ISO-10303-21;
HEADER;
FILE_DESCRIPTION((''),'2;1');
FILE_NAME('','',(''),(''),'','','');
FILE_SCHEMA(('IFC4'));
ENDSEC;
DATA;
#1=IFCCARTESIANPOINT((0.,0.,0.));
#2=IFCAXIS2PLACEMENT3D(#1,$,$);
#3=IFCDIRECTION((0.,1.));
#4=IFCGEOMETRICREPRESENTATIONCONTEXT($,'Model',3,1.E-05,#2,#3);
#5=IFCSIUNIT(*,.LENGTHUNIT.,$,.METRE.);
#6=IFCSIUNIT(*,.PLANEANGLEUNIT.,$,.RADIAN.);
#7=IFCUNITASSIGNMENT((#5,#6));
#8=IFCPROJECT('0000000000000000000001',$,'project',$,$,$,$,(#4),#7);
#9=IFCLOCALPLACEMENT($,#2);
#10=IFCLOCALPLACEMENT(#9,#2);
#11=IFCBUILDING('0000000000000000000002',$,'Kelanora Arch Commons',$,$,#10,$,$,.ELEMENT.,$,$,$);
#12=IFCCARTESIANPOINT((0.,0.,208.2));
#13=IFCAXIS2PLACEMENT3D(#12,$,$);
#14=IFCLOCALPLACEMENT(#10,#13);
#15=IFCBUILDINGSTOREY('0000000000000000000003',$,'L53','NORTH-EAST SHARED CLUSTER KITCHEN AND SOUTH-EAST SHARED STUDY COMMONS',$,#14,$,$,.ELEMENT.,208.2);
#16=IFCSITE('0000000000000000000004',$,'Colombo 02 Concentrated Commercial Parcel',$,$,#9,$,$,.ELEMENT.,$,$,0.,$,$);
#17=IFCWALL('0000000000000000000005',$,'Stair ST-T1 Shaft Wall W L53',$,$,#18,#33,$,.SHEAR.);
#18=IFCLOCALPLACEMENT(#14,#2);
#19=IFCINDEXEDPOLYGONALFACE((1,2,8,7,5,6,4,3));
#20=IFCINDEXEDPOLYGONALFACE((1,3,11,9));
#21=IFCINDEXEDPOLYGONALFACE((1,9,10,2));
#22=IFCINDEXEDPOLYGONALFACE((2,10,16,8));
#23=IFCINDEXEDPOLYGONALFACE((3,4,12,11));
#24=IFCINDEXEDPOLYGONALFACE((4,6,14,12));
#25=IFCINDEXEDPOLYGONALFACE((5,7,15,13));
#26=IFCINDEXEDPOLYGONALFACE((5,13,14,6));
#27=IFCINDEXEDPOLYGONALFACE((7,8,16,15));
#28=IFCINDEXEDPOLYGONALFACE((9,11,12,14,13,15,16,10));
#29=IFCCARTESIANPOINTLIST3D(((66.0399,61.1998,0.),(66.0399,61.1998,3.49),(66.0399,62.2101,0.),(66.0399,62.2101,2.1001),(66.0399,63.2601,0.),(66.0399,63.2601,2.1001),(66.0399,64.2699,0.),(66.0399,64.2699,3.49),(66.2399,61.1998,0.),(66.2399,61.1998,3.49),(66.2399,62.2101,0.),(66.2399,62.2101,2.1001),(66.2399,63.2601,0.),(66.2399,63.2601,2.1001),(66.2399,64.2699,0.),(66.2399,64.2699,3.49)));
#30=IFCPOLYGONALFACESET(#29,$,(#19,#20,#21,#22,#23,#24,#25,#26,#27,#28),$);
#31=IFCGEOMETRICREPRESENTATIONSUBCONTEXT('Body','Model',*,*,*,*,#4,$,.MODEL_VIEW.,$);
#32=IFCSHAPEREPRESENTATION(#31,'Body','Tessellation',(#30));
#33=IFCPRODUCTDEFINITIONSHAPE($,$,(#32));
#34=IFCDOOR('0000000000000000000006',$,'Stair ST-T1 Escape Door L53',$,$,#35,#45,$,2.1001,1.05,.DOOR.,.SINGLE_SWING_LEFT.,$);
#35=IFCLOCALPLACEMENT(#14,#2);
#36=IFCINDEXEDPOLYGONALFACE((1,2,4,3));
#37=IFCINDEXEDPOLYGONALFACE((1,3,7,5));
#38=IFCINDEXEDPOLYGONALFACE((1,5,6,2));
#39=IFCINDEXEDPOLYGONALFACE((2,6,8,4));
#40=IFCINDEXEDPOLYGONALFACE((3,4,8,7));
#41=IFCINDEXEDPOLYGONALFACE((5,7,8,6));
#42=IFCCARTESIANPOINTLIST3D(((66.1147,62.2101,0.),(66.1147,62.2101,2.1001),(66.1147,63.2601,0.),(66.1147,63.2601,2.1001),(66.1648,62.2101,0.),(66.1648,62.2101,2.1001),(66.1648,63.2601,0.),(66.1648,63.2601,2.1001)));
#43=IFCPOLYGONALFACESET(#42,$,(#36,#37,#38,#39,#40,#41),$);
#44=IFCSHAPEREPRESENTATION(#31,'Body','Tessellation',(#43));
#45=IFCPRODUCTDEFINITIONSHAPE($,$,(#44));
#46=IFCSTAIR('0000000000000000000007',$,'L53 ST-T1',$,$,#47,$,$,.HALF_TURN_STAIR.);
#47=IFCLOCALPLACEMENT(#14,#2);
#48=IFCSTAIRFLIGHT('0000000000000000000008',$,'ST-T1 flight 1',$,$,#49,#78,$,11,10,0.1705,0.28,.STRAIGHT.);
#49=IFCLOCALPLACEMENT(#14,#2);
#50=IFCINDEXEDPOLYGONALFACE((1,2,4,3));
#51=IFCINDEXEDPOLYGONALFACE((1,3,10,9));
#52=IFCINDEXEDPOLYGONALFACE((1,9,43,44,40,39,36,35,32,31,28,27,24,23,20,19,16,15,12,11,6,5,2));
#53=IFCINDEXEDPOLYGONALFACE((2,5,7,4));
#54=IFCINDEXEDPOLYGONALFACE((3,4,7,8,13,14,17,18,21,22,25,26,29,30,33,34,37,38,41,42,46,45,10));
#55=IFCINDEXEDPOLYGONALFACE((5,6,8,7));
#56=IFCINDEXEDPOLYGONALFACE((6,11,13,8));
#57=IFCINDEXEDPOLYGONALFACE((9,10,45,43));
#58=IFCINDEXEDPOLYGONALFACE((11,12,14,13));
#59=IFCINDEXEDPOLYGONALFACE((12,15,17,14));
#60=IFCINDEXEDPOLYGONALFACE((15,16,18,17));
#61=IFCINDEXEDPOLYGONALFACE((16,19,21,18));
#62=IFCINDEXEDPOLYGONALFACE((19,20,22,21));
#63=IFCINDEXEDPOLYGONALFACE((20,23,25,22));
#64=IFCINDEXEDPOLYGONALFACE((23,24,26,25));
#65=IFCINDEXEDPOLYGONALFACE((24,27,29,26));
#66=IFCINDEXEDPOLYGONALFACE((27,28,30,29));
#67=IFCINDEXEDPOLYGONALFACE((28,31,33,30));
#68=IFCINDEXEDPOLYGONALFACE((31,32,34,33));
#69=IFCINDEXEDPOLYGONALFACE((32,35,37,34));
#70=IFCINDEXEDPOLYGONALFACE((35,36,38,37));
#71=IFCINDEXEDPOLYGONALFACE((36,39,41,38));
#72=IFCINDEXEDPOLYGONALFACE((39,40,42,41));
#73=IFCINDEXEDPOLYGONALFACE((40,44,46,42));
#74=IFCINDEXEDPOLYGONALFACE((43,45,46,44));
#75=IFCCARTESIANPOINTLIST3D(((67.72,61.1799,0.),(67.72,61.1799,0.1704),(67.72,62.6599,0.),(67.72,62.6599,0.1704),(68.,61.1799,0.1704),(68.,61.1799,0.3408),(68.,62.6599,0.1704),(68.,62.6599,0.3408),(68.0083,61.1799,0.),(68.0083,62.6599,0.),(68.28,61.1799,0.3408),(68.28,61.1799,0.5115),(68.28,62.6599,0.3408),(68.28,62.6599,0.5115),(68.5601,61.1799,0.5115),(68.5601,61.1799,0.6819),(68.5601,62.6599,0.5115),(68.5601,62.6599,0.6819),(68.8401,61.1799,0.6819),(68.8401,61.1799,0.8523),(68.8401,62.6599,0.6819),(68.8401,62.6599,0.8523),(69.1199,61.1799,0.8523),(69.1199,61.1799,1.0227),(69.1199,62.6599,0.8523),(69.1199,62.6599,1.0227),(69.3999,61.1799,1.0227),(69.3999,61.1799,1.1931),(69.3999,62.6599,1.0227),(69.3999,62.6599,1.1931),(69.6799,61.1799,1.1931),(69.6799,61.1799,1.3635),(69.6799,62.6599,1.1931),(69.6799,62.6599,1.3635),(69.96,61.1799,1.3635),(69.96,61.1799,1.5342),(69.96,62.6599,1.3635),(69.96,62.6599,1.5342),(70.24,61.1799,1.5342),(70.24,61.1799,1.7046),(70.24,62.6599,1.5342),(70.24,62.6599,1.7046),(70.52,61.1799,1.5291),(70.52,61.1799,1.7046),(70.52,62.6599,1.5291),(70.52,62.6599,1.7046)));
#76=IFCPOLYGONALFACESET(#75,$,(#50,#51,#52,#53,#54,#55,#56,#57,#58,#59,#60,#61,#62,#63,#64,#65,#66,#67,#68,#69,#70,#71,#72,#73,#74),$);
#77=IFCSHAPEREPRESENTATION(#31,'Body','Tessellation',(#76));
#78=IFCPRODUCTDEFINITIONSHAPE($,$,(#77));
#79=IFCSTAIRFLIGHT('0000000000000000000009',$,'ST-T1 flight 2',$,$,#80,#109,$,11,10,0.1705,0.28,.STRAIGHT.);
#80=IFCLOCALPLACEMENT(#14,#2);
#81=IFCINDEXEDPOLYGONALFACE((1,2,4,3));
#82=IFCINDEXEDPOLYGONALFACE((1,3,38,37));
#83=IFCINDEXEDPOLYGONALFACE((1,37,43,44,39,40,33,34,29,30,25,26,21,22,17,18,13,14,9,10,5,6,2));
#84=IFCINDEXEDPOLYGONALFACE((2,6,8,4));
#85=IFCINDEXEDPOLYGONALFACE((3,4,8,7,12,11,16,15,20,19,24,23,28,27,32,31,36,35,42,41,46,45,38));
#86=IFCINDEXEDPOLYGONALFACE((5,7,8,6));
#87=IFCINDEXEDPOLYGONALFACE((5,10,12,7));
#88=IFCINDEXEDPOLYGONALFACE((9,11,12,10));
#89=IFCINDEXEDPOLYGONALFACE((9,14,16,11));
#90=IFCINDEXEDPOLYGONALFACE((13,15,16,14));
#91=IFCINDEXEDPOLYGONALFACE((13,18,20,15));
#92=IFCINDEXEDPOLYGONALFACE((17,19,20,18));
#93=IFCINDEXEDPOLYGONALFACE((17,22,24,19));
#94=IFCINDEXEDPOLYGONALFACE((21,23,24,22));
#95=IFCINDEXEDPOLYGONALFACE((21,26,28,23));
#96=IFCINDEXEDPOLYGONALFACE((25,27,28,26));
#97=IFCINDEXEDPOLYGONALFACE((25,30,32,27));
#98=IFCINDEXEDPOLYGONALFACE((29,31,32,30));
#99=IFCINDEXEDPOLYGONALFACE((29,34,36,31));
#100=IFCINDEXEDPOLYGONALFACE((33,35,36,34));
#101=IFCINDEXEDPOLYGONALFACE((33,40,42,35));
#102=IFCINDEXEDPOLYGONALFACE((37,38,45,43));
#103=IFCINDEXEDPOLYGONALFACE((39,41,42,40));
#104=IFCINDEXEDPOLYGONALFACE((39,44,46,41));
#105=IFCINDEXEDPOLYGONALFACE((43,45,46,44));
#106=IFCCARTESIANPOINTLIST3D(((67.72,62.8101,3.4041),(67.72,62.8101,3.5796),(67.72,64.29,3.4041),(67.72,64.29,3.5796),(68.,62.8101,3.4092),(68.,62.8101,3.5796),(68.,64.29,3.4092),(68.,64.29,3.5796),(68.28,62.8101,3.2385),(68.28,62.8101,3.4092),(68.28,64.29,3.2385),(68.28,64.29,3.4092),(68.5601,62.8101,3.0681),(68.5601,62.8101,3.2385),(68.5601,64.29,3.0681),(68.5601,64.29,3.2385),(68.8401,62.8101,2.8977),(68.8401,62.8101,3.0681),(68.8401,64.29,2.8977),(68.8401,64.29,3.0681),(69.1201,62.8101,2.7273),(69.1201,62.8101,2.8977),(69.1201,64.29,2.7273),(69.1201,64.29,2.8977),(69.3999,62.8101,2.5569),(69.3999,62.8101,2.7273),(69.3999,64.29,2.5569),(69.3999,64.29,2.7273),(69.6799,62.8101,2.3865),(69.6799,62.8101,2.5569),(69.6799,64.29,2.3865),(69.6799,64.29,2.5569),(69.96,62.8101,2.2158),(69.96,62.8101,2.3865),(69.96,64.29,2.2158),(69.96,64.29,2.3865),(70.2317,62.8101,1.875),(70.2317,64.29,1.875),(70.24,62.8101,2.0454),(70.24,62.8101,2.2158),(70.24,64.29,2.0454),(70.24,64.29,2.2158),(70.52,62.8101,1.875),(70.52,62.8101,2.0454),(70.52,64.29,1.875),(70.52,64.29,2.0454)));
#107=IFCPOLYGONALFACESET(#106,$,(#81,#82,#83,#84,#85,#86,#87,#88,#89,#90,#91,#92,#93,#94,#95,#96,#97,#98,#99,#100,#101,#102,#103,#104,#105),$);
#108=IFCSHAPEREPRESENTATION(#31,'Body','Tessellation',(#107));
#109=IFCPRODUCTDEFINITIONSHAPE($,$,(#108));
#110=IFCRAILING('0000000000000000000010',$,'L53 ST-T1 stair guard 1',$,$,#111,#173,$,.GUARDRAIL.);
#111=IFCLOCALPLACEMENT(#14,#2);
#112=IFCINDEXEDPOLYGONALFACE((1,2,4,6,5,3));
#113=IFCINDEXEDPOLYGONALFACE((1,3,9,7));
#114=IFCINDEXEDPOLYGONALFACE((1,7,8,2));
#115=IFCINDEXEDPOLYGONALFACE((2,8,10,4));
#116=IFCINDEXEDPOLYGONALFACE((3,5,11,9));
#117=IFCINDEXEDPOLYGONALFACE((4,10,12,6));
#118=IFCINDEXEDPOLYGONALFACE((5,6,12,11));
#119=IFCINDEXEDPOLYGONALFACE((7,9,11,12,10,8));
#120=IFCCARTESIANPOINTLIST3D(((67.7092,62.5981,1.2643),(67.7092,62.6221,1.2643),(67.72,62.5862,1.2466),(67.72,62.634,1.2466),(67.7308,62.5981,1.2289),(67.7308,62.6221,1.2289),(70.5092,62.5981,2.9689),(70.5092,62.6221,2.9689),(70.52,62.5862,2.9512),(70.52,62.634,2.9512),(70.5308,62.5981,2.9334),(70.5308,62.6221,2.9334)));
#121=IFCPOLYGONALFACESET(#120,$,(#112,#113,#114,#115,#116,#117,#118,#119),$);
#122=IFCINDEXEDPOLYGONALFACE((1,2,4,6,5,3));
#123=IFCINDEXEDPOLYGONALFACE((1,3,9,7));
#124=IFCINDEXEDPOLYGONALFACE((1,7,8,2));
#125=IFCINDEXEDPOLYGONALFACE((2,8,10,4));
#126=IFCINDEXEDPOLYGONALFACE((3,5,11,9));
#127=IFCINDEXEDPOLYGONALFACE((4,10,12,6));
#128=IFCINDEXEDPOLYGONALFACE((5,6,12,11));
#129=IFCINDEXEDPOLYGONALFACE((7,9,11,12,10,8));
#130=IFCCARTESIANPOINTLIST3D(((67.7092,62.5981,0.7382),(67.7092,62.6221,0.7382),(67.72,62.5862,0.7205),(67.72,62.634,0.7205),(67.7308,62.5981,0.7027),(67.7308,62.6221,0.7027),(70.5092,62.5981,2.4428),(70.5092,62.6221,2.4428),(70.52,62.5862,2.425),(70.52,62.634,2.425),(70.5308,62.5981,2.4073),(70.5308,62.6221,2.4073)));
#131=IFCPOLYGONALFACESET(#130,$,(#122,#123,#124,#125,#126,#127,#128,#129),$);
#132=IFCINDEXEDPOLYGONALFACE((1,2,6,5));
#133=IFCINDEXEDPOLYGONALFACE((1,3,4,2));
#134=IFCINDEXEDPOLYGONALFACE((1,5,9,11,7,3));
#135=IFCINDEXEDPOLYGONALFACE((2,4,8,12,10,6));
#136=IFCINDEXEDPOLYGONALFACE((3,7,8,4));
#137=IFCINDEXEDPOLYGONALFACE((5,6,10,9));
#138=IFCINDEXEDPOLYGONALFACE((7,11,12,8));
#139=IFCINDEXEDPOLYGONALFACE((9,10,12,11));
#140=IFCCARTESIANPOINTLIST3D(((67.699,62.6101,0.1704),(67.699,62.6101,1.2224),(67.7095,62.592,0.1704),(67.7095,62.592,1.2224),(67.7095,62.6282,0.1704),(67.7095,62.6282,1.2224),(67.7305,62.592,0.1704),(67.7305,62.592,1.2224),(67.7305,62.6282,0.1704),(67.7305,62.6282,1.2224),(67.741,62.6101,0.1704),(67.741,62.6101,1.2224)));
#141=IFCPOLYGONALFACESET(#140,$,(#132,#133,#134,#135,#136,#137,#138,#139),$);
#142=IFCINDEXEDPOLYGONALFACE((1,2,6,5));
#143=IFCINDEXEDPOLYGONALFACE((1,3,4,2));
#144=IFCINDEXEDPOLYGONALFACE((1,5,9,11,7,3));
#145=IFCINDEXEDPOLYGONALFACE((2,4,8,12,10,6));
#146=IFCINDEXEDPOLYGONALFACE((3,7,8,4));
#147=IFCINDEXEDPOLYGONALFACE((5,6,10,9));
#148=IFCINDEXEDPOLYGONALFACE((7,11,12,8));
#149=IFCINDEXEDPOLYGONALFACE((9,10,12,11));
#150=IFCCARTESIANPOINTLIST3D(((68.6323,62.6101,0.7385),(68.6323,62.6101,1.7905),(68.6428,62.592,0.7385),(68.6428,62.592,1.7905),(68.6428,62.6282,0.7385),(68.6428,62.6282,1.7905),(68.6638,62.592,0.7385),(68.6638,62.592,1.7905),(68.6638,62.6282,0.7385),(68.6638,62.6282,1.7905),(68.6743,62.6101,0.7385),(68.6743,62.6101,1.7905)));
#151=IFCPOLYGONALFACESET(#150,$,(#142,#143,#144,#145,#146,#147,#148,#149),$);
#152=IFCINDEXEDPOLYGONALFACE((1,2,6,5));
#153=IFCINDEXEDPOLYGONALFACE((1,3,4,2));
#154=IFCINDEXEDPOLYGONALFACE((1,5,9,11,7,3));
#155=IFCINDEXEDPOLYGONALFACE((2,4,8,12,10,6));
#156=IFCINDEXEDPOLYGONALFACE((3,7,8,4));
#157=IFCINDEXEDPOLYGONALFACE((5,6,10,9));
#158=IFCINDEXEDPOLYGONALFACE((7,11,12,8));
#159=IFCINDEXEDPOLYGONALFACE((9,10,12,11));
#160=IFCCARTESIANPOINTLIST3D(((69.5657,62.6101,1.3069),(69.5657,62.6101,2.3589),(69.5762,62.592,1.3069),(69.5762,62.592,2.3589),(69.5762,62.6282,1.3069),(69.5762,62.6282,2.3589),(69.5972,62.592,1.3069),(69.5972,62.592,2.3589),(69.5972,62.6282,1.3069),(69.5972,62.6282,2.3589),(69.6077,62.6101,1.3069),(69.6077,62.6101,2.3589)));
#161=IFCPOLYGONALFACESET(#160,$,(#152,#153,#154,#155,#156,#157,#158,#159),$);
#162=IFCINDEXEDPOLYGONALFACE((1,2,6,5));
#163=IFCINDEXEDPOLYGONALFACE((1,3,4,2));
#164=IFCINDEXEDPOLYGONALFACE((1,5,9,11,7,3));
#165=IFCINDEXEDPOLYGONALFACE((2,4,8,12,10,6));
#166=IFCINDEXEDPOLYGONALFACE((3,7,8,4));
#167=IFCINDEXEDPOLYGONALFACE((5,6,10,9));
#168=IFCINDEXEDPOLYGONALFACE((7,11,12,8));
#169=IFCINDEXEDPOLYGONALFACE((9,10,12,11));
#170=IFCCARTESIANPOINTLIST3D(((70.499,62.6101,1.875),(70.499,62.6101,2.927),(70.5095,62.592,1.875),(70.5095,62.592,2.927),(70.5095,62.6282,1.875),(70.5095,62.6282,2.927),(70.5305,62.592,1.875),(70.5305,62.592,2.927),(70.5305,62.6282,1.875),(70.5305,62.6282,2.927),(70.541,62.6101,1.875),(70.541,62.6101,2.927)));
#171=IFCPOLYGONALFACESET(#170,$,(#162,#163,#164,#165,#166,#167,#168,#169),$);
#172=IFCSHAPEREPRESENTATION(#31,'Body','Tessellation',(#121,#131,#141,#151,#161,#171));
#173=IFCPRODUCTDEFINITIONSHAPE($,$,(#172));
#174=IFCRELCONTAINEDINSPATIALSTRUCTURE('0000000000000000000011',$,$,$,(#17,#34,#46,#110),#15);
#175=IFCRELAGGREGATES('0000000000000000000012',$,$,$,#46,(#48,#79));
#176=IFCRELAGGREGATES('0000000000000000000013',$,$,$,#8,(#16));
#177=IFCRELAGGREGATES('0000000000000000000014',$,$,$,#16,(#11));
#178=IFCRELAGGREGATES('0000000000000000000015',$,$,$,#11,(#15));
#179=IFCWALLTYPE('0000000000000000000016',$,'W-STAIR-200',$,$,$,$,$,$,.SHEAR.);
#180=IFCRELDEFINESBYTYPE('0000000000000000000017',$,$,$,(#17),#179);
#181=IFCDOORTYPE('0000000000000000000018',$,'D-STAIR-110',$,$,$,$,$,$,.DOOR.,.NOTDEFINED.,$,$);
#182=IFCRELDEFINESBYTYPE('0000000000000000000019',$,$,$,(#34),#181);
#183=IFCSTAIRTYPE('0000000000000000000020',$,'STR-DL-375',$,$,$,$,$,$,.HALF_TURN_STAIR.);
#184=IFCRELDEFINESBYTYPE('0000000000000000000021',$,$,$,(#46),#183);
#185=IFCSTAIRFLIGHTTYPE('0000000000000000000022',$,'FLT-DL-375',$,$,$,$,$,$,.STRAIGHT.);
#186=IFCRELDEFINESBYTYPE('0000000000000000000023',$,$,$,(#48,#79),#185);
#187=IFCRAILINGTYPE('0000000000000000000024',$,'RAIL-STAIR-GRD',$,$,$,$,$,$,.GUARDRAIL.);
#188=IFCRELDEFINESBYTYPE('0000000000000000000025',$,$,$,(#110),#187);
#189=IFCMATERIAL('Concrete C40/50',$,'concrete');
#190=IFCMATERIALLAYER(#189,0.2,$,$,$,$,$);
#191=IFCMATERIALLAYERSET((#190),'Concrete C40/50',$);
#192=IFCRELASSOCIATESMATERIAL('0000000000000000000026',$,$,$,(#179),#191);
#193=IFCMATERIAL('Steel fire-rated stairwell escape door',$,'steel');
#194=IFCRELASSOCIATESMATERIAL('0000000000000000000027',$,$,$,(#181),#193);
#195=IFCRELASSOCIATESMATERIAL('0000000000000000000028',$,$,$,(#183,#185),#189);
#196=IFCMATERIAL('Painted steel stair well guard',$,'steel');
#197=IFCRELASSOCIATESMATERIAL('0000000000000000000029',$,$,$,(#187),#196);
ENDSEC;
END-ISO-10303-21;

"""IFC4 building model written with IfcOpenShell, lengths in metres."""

from ifc_helpers import new_model, si_unit, direction, frame, frame_2d, origin, place, context, subcontext, project, spatial, polyline, rectangle, outline, extrude, material, layer, layer_set, type_object, element, fill, aggregate, save


model = new_model("IFC4")

# Units and contexts
model_context = context("Model", 3, precision=1e-05, world=origin(), true_north=direction((0.0, 1.0)))
body_context = subcontext(model_context, "Body", "Model", "MODEL_VIEW")
ifc_project = project(units=[si_unit("LENGTHUNIT", "METRE"), si_unit("PLANEANGLEUNIT", "RADIAN")], contexts=[model_context])

# Site, building, storey
site_placement = place(None, origin())
site = spatial("IfcSite", under=ifc_project, at=site_placement, Name="Colombo 02 Concentrated Commercial Parcel", CompositionType="ELEMENT", RefElevation=0.0)
building_placement = place(site_placement, origin())
building = spatial("IfcBuilding", under=site, at=building_placement, Name="Kelanora Arch Commons", CompositionType="ELEMENT")
storey_placement = place(building_placement, frame((0.0, 0.0, 208.2)))
storey = spatial("IfcBuildingStorey", under=building, at=storey_placement, Name="L53", Description="NORTH-EAST SHARED CLUSTER KITCHEN AND SOUTH-EAST SHARED STUDY COMMONS", CompositionType="ELEMENT", Elevation=208.2)

# Shared definitions
ifc_material_1 = material(Name="Concrete C40/50", Category="concrete")
ifc_layer_1 = layer(ifc_material_1, 0.2)
ifc_layer_set_1 = layer_set([ifc_layer_1], Name="Concrete C40/50")
wall_type_1 = type_object("IfcWallType", Name="W-STAIR-200", PredefinedType="SHEAR", material=ifc_layer_set_1)

# Wall, opening, door
wall_1_placement = place(storey_placement, frame((66.1399, 64.27, 0.0), z_axis=(0.0, 0.0, 1.0), x_axis=(0.0, -1.0, 0.0)))
wall_1 = element("IfcWall", 1, at=wall_1_placement, inside=storey, type_object=wall_type_1, Name="Stair ST-T1 Shaft Wall W L53", PredefinedType="SHEAR", context=body_context, shape_type="SweptSolid", body=[
    extrude(rectangle(XDim=3.0701, YDim=0.2, at=frame_2d((1.5352, 0.0))), origin(), (0.0, 0.0, 1.0), 3.49),
])
opening_1_placement = place(wall_1_placement, frame((1.01, 0.0, 0.0)))
opening_1 = element("IfcOpeningElement", 2, at=opening_1_placement, cuts=wall_1, PredefinedType="OPENING", context=body_context, shape_type="SweptSolid", body=[
    extrude(rectangle(XDim=1.05, YDim=2.1001, at=frame_2d((0.5249, 1.05))), frame((0.0, 0.1099, 0.0), z_axis=(0.0, -1.0, 0.0), x_axis=(1.0, 0.0, 0.0)), (0.0, 0.0, 1.0), 0.22),
])
ifc_material_2 = material(Name="Steel fire-rated stairwell escape door", Category="steel")
door_type_1 = type_object("IfcDoorType", Name="D-STAIR-110", OperationType="NOTDEFINED", PredefinedType="DOOR", material=ifc_material_2)
door_1_placement = place(opening_1_placement, origin())
door_1 = element("IfcDoor", 3, at=door_1_placement, inside=storey, type_object=door_type_1, Name="Stair ST-T1 Escape Door L53", OperationType="SINGLE_SWING_LEFT", OverallHeight=2.1001, OverallWidth=1.05, PredefinedType="DOOR", context=body_context, shape_type="SweptSolid", body=[
    extrude(rectangle(XDim=1.05, YDim=2.1001, at=frame_2d((0.5249, 1.05))), frame((0.0, 0.0249, 0.0), z_axis=(0.0, -1.0, 0.0), x_axis=(1.0, 0.0, 0.0)), (0.0, 0.0, 1.0), 0.05),
])
fill(opening_1, door_1)

# Stair, stair flights
stair_type = type_object("IfcStairType", Name="STR-DL-375", PredefinedType="HALF_TURN_STAIR", material=ifc_material_1)
stair_placement = place(storey_placement, origin())
stair = element("IfcStair", 4, at=stair_placement, inside=storey, type_object=stair_type, Name="L53 ST-T1", PredefinedType="HALF_TURN_STAIR")
stair_flight_type = type_object("IfcStairFlightType", Name="FLT-DL-375", PredefinedType="STRAIGHT", material=ifc_material_1)
stair_flight_1_placement = place(storey_placement, frame((67.72, 61.9199, 0.0), z_axis=(0.0, 0.0, 1.0), x_axis=(1.0, 0.0, 0.0)))
stair_flight_1 = element("IfcStairFlight", 5, at=stair_flight_1_placement, type_object=stair_flight_type, Name="ST-T1 flight 1", NumberOfRisers=11, NumberOfTreads=10, PredefinedType="STRAIGHT", RiserHeight=0.1705, TreadLength=0.28, context=body_context, shape_type="SweptSolid", body=[
    extrude(outline(polyline([(0.0, 0.0), (0.0, 0.1704), (0.28, 0.1704), (0.28, 0.3408), (0.5601, 0.3408), (0.5601, 0.5115), (0.8401, 0.5115), (0.8401, 0.6819), (1.1201, 0.6819), (1.1201, 0.8523), (1.3999, 0.8523), (1.3999, 1.0227), (1.6799, 1.0227), (1.6799, 1.1931), (1.96, 1.1931), (1.96, 1.3635), (2.24, 1.3635), (2.24, 1.5342), (2.52, 1.5342), (2.52, 1.7046), (2.8, 1.7046), (2.8, 1.875), (2.8, 1.5291), (0.2883, 0.0), (0.0, 0.0)])), frame((0.0, 0.74, 0.0), z_axis=(0.0, -1.0, 0.0), x_axis=(1.0, 0.0, 0.0)), (0.0, 0.0, 1.0), 1.48),
])
stair_flight_2_placement = place(storey_placement, frame((70.52, 63.55, 1.875), z_axis=(0.0, 0.0, 1.0), x_axis=(-1.0, 0.0, 0.0)))
stair_flight_2 = element("IfcStairFlight", 6, at=stair_flight_2_placement, type_object=stair_flight_type, Name="ST-T1 flight 2", NumberOfRisers=11, NumberOfTreads=10, PredefinedType="STRAIGHT", RiserHeight=0.1705, TreadLength=0.28, context=body_context, shape_type="SweptSolid", body=[
    extrude(outline(polyline([(0.0, 0.0), (0.0, 0.1704), (0.28, 0.1704), (0.28, 0.3408), (0.5601, 0.3408), (0.5601, 0.5115), (0.8401, 0.5115), (0.8401, 0.6819), (1.1201, 0.6819), (1.1201, 0.8523), (1.3999, 0.8523), (1.3999, 1.0227), (1.6799, 1.0227), (1.6799, 1.1931), (1.96, 1.1931), (1.96, 1.3635), (2.24, 1.3635), (2.24, 1.5342), (2.52, 1.5342), (2.52, 1.7046), (2.8, 1.7046), (2.8, 1.875), (2.8, 1.5291), (0.2883, 0.0), (0.0, 0.0)])), frame((0.0, 0.74, 0.0), z_axis=(0.0, -1.0, 0.0), x_axis=(1.0, 0.0, 0.0)), (0.0, 0.0, 1.0), 1.48),
])
aggregate(stair, [stair_flight_1, stair_flight_2])

# Railing
ifc_material_3 = material(Name="Painted steel stair well guard", Category="steel")
railing_type_1 = type_object("IfcRailingType", Name="RAIL-STAIR-GRD", PredefinedType="GUARDRAIL", material=ifc_material_3)
railing_1_placement = place(storey_placement, frame((67.72, 62.6101, 0.1704)))
element("IfcRailing", 7, at=railing_1_placement, inside=storey, type_object=railing_type_1, Name="L53 ST-T1 stair guard 1", PredefinedType="GUARDRAIL", context=body_context, shape_type="SweptSolid", body=[
    extrude(outline(polyline([(0.0239, 0.0), (0.012, 0.0208), (-0.012, 0.0208), (-0.0239, 0.0), (-0.012, -0.0208), (0.012, -0.0208), (0.0239, 0.0)])), frame((0.0, 0.0, 1.0762), z_axis=(0.85417, 0.0, 0.519994), x_axis=(0.0, 1.0, 0.0)), (0.0, 0.0, 1.0), 3.2781),
    extrude(outline(polyline([(0.0239, 0.0), (0.012, 0.0208), (-0.012, 0.0208), (-0.0239, 0.0), (-0.012, -0.0208), (0.012, -0.0208), (0.0239, 0.0)])), frame((0.0, 0.0, 0.55), z_axis=(0.85417, 0.0, 0.519994), x_axis=(0.0, 1.0, 0.0)), (0.0, 0.0, 1.0), 3.2781),
    extrude(outline(polyline([(0.021, 0.0), (0.0105, 0.0181), (-0.0105, 0.0181), (-0.021, 0.0), (-0.0105, -0.0181), (0.0105, -0.0181), (0.021, 0.0)])), origin(), (0.0, 0.0, 1.0), 1.052),
    extrude(outline(polyline([(0.021, 0.0), (0.0105, 0.0181), (-0.0105, 0.0181), (-0.021, 0.0), (-0.0105, -0.0181), (0.0105, -0.0181), (0.021, 0.0)])), frame((0.9333, 0.0, 0.5681)), (0.0, 0.0, 1.0), 1.052),
    extrude(outline(polyline([(0.021, 0.0), (0.0105, 0.0181), (-0.0105, 0.0181), (-0.021, 0.0), (-0.0105, -0.0181), (0.0105, -0.0181), (0.021, 0.0)])), frame((1.8667, 0.0, 1.1365)), (0.0, 0.0, 1.0), 1.052),
    extrude(outline(polyline([(0.021, 0.0), (0.0105, 0.0181), (-0.0105, 0.0181), (-0.021, 0.0), (-0.0105, -0.0181), (0.0105, -0.0181), (0.021, 0.0)])), frame((2.8, 0.0, 1.7046)), (0.0, 0.0, 1.0), 1.052),
])

save(model, "model.ifc")
